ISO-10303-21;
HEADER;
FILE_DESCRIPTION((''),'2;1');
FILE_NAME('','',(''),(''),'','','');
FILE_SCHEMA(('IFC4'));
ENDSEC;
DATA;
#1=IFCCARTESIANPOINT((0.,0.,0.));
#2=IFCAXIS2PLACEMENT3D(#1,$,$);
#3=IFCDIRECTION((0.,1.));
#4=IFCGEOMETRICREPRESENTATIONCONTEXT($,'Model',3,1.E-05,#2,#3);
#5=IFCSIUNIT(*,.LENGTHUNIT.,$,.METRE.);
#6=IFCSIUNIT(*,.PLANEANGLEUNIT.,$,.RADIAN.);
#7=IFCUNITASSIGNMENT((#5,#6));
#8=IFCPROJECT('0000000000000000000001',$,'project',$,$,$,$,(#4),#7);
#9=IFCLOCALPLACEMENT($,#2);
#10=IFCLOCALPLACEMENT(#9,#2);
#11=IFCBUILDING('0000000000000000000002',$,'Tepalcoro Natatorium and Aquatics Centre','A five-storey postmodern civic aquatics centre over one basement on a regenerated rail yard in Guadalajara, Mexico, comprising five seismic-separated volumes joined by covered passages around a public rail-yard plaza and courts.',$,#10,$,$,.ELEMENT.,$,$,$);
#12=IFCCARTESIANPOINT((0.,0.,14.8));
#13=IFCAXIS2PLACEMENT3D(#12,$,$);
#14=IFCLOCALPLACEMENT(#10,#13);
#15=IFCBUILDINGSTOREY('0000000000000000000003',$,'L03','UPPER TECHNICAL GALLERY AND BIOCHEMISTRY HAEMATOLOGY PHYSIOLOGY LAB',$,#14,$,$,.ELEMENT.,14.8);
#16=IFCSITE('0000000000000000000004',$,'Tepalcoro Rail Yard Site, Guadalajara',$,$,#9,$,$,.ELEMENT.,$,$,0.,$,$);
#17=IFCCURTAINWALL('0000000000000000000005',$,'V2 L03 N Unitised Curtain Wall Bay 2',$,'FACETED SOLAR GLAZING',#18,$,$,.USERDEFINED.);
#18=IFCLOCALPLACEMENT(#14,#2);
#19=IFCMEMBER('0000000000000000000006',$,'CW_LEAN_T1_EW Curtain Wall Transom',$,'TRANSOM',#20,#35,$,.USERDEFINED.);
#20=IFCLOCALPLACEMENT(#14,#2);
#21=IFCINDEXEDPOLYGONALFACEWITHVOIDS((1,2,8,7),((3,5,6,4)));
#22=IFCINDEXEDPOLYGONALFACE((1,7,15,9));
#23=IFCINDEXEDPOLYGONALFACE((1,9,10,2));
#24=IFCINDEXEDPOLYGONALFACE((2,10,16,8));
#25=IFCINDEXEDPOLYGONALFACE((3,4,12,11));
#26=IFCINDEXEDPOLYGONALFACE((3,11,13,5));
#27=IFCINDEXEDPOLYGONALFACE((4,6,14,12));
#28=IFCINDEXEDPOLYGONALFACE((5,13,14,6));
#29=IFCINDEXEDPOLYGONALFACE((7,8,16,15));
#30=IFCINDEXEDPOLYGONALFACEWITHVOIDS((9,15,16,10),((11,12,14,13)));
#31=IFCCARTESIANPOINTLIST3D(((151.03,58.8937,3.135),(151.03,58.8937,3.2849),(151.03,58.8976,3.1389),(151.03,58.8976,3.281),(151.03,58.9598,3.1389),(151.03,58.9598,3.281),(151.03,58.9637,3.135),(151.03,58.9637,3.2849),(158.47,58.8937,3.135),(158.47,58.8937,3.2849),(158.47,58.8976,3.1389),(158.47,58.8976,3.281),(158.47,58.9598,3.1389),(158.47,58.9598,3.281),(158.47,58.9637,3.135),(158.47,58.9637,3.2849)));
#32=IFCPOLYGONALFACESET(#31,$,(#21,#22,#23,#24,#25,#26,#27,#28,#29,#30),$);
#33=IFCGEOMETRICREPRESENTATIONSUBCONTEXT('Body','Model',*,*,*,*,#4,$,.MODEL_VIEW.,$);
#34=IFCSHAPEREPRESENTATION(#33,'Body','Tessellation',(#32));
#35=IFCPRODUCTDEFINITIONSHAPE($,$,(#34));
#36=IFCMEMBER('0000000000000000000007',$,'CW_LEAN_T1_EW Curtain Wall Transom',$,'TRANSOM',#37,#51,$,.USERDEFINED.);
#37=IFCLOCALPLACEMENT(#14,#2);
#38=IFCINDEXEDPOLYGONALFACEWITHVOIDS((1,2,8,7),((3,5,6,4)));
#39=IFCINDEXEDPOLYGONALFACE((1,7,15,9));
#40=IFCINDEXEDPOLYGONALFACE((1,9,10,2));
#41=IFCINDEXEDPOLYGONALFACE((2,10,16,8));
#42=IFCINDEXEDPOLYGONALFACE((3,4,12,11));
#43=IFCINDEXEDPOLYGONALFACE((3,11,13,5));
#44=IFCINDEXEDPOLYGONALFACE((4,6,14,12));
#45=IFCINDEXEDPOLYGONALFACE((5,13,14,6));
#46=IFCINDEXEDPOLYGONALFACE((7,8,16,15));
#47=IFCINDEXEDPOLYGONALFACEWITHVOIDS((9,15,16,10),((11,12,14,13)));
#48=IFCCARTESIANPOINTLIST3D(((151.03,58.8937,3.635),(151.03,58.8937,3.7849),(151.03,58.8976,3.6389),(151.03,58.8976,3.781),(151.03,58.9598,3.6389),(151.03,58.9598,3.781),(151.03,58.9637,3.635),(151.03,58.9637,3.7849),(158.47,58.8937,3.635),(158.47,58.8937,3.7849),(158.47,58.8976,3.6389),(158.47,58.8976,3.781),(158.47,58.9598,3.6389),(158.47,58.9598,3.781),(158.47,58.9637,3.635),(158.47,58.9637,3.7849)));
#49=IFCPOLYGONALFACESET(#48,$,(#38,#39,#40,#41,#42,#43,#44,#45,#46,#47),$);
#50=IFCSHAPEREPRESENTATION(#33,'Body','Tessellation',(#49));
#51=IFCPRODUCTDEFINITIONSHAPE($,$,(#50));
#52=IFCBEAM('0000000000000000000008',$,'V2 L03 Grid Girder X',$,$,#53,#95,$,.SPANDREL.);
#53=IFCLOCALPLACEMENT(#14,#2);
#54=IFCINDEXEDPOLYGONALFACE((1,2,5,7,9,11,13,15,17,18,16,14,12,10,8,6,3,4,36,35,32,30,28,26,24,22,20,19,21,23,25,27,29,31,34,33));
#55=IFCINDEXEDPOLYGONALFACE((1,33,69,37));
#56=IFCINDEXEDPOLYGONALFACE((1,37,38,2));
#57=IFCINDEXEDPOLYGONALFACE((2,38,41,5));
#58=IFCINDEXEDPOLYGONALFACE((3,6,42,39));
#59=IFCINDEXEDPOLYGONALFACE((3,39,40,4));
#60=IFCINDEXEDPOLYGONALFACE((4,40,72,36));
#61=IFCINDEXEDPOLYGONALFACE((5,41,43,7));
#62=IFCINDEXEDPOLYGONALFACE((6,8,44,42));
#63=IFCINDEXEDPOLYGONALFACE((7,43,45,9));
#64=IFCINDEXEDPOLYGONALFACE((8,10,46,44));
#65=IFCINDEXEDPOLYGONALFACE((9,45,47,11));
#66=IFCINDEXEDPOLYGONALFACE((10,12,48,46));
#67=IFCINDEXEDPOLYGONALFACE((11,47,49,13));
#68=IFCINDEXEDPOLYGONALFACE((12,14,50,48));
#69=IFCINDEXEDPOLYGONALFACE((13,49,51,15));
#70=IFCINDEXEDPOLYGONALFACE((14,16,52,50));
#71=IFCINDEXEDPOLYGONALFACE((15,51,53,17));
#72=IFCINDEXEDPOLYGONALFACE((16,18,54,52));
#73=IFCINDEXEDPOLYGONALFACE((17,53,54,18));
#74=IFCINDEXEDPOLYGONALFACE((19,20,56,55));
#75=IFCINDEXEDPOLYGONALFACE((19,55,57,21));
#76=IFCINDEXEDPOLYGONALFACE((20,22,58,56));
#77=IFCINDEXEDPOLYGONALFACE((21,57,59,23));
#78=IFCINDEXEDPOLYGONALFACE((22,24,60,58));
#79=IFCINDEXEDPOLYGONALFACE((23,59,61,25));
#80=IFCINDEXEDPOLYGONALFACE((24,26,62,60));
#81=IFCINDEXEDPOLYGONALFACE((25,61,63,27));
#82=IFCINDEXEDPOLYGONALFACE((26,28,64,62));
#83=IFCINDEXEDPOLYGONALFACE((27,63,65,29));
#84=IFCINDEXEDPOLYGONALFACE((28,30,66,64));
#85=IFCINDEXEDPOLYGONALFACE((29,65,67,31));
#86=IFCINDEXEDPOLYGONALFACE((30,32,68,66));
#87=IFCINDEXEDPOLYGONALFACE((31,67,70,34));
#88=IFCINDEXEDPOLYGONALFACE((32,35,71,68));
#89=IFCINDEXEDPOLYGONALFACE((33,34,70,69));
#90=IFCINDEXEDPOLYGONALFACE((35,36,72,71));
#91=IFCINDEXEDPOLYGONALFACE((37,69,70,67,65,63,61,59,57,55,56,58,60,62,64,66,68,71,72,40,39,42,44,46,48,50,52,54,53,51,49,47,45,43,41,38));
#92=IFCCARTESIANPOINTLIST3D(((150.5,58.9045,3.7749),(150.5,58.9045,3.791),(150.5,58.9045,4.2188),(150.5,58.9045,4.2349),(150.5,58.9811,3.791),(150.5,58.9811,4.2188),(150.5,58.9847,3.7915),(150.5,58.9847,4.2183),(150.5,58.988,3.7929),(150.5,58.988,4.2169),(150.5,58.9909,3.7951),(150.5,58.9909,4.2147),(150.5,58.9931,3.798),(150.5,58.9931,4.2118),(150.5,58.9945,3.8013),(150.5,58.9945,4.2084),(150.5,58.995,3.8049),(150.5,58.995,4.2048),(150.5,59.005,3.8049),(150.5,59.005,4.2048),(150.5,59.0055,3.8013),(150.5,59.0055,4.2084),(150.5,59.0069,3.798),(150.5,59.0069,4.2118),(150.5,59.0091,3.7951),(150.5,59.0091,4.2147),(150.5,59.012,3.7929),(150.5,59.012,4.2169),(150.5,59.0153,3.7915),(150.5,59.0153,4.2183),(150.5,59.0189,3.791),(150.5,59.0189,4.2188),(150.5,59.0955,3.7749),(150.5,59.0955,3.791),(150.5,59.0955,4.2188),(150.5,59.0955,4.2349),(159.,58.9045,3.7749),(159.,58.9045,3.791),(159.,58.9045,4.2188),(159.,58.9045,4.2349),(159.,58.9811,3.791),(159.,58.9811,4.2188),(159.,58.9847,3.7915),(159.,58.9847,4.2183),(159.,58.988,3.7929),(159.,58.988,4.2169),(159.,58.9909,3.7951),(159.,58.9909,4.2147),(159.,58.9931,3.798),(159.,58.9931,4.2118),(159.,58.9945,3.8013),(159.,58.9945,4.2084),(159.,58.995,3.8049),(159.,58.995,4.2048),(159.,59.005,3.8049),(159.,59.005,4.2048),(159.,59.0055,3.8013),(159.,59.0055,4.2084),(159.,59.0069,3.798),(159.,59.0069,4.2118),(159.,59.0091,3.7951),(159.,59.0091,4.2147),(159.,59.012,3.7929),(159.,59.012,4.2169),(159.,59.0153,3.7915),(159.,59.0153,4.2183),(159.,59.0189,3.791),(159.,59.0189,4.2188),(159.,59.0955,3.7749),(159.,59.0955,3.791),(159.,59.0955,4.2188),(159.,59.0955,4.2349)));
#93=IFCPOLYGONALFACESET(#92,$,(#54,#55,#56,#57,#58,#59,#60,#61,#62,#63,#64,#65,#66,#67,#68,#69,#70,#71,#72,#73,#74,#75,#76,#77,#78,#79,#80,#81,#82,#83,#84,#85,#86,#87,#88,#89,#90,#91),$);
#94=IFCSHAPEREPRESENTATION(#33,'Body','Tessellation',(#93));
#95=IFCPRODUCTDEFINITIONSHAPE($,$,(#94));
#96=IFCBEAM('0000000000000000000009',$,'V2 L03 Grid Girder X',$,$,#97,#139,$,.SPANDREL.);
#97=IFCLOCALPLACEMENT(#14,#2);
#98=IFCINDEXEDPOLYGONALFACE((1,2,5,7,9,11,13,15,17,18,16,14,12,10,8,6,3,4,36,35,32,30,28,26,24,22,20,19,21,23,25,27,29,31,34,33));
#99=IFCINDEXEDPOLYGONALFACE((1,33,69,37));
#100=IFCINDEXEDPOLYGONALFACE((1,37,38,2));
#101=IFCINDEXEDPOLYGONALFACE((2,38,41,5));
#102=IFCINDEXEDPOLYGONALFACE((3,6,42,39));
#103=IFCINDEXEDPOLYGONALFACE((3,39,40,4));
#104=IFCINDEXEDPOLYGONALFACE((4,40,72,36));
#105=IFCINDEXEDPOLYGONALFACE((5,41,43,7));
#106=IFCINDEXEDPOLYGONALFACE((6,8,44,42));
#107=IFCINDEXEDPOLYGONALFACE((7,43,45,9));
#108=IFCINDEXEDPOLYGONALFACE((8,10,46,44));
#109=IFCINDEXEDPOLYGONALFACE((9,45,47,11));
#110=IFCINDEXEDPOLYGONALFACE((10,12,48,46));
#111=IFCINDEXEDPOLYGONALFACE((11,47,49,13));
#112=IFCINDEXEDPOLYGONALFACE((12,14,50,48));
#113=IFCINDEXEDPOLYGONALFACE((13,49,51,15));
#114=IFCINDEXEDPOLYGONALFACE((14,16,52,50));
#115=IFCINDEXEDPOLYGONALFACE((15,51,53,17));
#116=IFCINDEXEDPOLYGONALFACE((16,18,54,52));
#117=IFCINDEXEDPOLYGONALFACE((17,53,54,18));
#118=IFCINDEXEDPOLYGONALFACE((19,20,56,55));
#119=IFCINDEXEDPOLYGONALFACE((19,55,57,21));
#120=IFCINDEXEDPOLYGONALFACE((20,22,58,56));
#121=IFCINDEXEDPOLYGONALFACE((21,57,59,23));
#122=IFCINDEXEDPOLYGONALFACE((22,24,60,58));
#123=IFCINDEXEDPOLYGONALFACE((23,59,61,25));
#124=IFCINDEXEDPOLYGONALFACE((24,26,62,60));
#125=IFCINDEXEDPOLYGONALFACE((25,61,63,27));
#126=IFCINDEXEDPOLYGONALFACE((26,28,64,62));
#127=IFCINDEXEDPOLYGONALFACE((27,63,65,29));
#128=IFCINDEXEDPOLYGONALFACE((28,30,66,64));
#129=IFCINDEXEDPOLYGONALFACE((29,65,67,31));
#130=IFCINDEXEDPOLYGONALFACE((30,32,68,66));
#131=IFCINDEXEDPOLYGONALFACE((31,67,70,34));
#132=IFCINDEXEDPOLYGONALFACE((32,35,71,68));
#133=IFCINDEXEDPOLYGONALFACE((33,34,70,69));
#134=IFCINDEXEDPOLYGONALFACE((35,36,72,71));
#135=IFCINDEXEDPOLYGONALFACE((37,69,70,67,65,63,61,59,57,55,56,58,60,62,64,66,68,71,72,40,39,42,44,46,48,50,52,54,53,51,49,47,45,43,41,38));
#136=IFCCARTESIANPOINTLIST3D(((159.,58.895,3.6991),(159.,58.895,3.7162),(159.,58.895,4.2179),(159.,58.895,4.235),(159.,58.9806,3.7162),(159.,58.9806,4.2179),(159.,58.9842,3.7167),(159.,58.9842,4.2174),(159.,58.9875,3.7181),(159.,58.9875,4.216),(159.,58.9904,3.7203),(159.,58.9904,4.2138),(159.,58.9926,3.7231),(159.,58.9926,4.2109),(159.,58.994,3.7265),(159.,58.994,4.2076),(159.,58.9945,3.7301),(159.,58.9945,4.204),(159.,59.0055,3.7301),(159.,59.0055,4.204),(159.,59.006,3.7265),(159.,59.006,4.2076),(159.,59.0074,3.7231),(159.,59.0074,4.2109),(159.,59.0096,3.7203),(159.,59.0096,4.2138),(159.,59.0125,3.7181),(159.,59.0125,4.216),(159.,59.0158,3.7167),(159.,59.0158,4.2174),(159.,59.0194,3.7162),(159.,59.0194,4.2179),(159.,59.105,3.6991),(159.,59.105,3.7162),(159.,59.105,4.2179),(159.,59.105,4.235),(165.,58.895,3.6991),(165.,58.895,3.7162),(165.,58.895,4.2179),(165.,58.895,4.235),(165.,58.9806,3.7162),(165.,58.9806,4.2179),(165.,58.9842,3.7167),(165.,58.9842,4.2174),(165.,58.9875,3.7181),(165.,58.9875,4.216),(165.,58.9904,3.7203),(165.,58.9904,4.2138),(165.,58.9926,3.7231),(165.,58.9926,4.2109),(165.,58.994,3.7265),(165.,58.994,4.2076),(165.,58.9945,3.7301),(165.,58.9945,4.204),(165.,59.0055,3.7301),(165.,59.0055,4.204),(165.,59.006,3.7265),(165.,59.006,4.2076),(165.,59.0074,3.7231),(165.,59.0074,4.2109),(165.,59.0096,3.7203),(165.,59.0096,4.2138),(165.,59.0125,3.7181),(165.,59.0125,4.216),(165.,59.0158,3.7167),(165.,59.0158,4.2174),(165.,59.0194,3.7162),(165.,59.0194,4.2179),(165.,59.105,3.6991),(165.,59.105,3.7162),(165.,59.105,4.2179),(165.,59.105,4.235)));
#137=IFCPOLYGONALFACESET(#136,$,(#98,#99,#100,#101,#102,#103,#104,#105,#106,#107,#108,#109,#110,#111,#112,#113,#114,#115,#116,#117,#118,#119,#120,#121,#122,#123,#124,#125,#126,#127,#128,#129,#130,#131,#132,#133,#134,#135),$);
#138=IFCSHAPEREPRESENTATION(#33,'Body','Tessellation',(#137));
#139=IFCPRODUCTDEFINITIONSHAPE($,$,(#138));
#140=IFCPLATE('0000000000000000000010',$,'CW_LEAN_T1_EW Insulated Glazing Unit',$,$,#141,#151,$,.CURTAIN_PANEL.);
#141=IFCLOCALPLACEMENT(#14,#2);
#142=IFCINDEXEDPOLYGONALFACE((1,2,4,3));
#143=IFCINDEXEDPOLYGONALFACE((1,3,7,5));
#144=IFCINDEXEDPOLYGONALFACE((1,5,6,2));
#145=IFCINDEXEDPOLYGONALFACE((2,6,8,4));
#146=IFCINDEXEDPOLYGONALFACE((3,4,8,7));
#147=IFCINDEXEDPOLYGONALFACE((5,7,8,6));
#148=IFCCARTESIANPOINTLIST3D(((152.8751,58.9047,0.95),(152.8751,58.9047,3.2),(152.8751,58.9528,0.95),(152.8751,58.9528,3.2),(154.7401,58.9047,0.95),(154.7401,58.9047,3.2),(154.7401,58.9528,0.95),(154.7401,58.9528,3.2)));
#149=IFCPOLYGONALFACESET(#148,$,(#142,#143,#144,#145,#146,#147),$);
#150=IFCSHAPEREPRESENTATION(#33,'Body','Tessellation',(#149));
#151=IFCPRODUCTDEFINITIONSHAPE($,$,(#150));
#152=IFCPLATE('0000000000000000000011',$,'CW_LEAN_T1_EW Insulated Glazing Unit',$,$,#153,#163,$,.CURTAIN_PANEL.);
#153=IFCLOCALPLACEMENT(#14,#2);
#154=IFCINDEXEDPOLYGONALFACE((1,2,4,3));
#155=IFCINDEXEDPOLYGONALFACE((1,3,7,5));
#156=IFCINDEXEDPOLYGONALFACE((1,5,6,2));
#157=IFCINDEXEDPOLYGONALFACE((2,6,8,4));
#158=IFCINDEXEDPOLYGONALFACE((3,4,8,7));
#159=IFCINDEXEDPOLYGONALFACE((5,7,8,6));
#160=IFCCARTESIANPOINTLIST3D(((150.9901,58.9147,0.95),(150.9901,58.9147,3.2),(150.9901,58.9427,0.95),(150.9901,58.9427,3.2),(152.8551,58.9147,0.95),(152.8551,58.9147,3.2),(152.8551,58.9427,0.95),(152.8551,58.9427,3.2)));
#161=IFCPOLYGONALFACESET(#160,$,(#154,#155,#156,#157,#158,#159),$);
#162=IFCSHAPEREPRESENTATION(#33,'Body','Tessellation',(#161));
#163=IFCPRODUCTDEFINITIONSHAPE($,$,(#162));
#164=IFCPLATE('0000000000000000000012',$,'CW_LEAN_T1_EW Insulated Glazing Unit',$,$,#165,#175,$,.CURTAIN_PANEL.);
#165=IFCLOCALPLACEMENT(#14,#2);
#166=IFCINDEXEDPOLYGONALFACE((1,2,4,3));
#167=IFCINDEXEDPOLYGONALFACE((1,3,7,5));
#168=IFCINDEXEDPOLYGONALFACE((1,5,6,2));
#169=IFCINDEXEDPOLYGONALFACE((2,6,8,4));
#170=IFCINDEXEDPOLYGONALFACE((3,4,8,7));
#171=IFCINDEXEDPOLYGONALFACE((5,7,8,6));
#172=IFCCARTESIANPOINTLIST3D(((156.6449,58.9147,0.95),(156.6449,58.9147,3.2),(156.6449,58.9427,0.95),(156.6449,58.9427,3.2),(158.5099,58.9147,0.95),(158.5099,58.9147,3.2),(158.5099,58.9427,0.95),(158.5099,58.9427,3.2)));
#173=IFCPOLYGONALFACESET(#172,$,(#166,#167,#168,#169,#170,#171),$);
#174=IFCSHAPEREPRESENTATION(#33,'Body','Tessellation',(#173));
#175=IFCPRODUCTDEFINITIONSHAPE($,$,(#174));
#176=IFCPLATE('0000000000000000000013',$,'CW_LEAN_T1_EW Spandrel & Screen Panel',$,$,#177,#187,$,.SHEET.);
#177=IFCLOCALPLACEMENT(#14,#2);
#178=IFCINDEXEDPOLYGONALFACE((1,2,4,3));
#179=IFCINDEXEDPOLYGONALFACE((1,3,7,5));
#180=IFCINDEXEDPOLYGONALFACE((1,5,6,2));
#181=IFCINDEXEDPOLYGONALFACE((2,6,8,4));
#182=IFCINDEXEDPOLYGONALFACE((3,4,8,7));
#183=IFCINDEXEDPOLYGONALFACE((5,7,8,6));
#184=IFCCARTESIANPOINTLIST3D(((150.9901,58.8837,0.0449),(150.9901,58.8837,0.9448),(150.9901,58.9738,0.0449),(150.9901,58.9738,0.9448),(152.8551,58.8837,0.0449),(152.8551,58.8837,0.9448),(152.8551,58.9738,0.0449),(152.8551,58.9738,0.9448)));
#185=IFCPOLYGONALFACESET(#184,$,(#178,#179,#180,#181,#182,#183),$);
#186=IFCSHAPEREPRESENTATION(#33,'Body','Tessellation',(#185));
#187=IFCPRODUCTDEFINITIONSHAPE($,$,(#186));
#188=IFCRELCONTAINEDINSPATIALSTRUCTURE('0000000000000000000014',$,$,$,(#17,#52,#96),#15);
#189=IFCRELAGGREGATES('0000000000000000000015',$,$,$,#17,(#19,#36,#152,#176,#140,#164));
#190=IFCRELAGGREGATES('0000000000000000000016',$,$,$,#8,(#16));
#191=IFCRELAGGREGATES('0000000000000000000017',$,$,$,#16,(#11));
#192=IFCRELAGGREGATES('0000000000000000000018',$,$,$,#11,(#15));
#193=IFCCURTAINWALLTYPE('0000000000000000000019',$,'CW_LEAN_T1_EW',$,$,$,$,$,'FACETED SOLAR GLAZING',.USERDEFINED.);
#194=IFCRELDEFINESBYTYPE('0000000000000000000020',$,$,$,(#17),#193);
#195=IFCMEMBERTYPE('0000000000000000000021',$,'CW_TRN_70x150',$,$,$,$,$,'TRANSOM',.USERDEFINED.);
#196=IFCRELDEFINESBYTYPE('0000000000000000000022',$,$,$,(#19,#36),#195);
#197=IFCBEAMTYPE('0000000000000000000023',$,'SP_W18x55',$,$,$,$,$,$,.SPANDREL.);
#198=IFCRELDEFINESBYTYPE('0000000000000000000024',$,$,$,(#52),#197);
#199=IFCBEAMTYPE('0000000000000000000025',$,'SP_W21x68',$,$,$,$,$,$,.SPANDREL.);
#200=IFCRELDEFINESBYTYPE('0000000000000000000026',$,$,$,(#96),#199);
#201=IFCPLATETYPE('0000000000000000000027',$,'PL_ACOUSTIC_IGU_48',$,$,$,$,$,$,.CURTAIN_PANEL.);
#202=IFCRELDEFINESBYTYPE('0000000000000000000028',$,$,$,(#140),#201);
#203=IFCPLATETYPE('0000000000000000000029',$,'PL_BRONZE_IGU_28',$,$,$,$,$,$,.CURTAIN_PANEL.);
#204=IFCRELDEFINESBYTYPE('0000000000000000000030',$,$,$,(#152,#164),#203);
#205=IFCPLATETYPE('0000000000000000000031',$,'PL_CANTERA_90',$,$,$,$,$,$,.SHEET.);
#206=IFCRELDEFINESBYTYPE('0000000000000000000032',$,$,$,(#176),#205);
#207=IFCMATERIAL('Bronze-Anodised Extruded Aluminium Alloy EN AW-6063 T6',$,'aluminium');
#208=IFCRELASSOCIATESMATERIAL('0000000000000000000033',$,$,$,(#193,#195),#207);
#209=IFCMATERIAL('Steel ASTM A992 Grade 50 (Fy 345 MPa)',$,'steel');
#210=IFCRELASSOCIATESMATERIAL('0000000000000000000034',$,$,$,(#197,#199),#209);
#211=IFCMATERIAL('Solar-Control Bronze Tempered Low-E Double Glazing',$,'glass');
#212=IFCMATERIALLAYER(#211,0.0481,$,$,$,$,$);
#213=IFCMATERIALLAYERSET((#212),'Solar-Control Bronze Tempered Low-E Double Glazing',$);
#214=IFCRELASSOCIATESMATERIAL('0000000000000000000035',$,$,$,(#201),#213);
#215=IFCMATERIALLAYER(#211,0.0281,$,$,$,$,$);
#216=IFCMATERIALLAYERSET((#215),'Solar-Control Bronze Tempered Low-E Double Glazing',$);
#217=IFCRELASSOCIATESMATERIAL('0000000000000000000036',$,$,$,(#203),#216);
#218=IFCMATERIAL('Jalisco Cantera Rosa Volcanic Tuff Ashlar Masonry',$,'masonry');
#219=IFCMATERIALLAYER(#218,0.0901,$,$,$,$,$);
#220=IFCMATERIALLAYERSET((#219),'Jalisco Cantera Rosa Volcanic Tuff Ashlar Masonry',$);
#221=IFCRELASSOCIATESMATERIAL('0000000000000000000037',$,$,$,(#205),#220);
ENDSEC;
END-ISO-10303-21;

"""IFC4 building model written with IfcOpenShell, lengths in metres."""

from ifc_helpers import new_model, si_unit, direction, frame, origin, origin_2d, place, context, subcontext, project, spatial, rectangle, hollow_rectangle, i_section, extrude, material, layer, layer_set, material_profile, profile_set, type_object, element, aggregate, save


model = new_model("IFC4")

# Units and contexts
model_context = context("Model", 3, precision=1e-05, world=origin(), true_north=direction((0.0, 1.0)))
body_context = subcontext(model_context, "Body", "Model", "MODEL_VIEW")
ifc_project = project(units=[si_unit("LENGTHUNIT", "METRE"), si_unit("PLANEANGLEUNIT", "RADIAN")], contexts=[model_context])

# Site, building, storey
site_placement = place(None, origin())
site = spatial("IfcSite", under=ifc_project, at=site_placement, Name="Tepalcoro Rail Yard Site, Guadalajara", CompositionType="ELEMENT", RefElevation=0.0)
building_placement = place(site_placement, origin())
building = spatial("IfcBuilding", under=site, at=building_placement, Name="Tepalcoro Natatorium and Aquatics Centre", Description="A five-storey postmodern civic aquatics centre over one basement on a regenerated rail yard in Guadalajara, Mexico, comprising five seismic-separated volumes joined by covered passages around a public rail-yard plaza and courts.", CompositionType="ELEMENT")
storey_placement = place(building_placement, frame((0.0, 0.0, 14.8)))
storey = spatial("IfcBuildingStorey", under=building, at=storey_placement, Name="L03", Description="UPPER TECHNICAL GALLERY AND BIOCHEMISTRY HAEMATOLOGY PHYSIOLOGY LAB", CompositionType="ELEMENT", Elevation=14.8)

# Shared definitions
ifc_material_1 = material(Name="Steel ASTM A992 Grade 50 (Fy 345 MPa)", Category="steel")

# Curtain wall
ifc_material_2 = material(Name="Bronze-Anodised Extruded Aluminium Alloy EN AW-6063 T6", Category="aluminium")
curtain_wall_type_1 = type_object("IfcCurtainWallType", Name="CW_LEAN_T1_EW", ElementType="FACETED SOLAR GLAZING", PredefinedType="USERDEFINED", material=ifc_material_2)
curtain_wall_1_placement = place(storey_placement, origin())
curtain_wall_1 = element("IfcCurtainWall", 1, at=curtain_wall_1_placement, inside=storey, type_object=curtain_wall_type_1, Name="V2 L03 N Unitised Curtain Wall Bay 2", ObjectType="FACETED SOLAR GLAZING", PredefinedType="USERDEFINED")

# Members
ifc_material_profile_1 = material_profile(ifc_material_2, hollow_rectangle(XDim=0.0701, YDim=0.1499, WallThickness=0.0039, at=origin_2d()), Name="AL70X150X4")
ifc_profile_set_1 = profile_set([ifc_material_profile_1], Name="Bronze-Anodised Extruded Aluminium Alloy EN AW-6063 T6")
member_type_1 = type_object("IfcMemberType", Name="CW_TRN_70x150", ElementType="TRANSOM", PredefinedType="USERDEFINED", material=ifc_profile_set_1)
member_1_placement = place(storey_placement, frame((151.03, 58.9287, 3.21), z_axis=(1.0, 0.0, 0.0), x_axis=(0.0, 1.0, 0.0)))
member_1 = element("IfcMember", 2, at=member_1_placement, type_object=member_type_1, Name="CW_LEAN_T1_EW Curtain Wall Transom", ObjectType="TRANSOM", PredefinedType="USERDEFINED", context=body_context, shape_type="SweptSolid", body=[
    extrude(hollow_rectangle(XDim=0.0701, YDim=0.1499, WallThickness=0.0039, at=origin_2d()), origin(), (0.0, 0.0, 1.0), 7.4399),
])
member_2_placement = place(storey_placement, frame((151.03, 58.9287, 3.71), z_axis=(1.0, 0.0, 0.0), x_axis=(0.0, 1.0, 0.0)))
member_2 = element("IfcMember", 3, at=member_2_placement, type_object=member_type_1, Name="CW_LEAN_T1_EW Curtain Wall Transom", ObjectType="TRANSOM", PredefinedType="USERDEFINED", context=body_context, shape_type="SweptSolid", body=[
    extrude(hollow_rectangle(XDim=0.0701, YDim=0.1499, WallThickness=0.0039, at=origin_2d()), origin(), (0.0, 0.0, 1.0), 7.4399),
])

# Beams
ifc_material_profile_2 = material_profile(ifc_material_1, i_section(OverallWidth=0.1909, OverallDepth=0.46, WebThickness=0.01, FlangeThickness=0.0161, FilletRadius=0.0139, at=origin_2d()), Name="W18X55")
ifc_profile_set_2 = profile_set([ifc_material_profile_2], Name="Steel ASTM A992 Grade 50 (Fy 345 MPa)")
beam_type_1 = type_object("IfcBeamType", Name="SP_W18x55", PredefinedType="SPANDREL", material=ifc_profile_set_2)
beam_1_placement = place(storey_placement, frame((150.5, 59.0, 4.0049), z_axis=(1.0, 0.0, 0.0), x_axis=(0.0, 1.0, 0.0)))
element("IfcBeam", 4, at=beam_1_placement, inside=storey, type_object=beam_type_1, Name="V2 L03 Grid Girder X", PredefinedType="SPANDREL", context=body_context, shape_type="SweptSolid", body=[
    extrude(i_section(OverallWidth=0.1909, OverallDepth=0.46, WebThickness=0.01, FlangeThickness=0.0161, FilletRadius=0.0139, at=origin_2d()), origin(), (0.0, 0.0, 1.0), 8.5),
])
ifc_material_profile_3 = material_profile(ifc_material_1, i_section(OverallWidth=0.21, OverallDepth=0.5359, WebThickness=0.011, FlangeThickness=0.0171, FilletRadius=0.0139, at=origin_2d()), Name="W21X68")
ifc_profile_set_3 = profile_set([ifc_material_profile_3], Name="Steel ASTM A992 Grade 50 (Fy 345 MPa)")
beam_type_2 = type_object("IfcBeamType", Name="SP_W21x68", PredefinedType="SPANDREL", material=ifc_profile_set_3)
beam_2_placement = place(storey_placement, frame((159.0, 59.0, 3.967), z_axis=(1.0, 0.0, 0.0), x_axis=(0.0, 1.0, 0.0)))
element("IfcBeam", 5, at=beam_2_placement, inside=storey, type_object=beam_type_2, Name="V2 L03 Grid Girder X", PredefinedType="SPANDREL", context=body_context, shape_type="SweptSolid", body=[
    extrude(i_section(OverallWidth=0.21, OverallDepth=0.5359, WebThickness=0.011, FlangeThickness=0.0171, FilletRadius=0.0139, at=origin_2d()), origin(), (0.0, 0.0, 1.0), 6.0),
])

# Plates
ifc_material_3 = material(Name="Solar-Control Bronze Tempered Low-E Double Glazing", Category="glass")
ifc_layer_1 = layer(ifc_material_3, 0.0481)
ifc_layer_set_1 = layer_set([ifc_layer_1], Name="Solar-Control Bronze Tempered Low-E Double Glazing")
plate_type_1 = type_object("IfcPlateType", Name="PL_ACOUSTIC_IGU_48", PredefinedType="CURTAIN_PANEL", material=ifc_layer_set_1)
plate_1_placement = place(storey_placement, frame((153.8076, 58.9287, 0.95), z_axis=(0.0, 0.0, 1.0), x_axis=(1.0, 0.0, 0.0)))
plate_1 = element("IfcPlate", 6, at=plate_1_placement, type_object=plate_type_1, Name="CW_LEAN_T1_EW Insulated Glazing Unit", PredefinedType="CURTAIN_PANEL", context=body_context, shape_type="SweptSolid", body=[
    extrude(rectangle(XDim=1.865, YDim=0.0481, at=origin_2d()), origin(), (0.0, 0.0, 1.0), 2.25),
])
ifc_layer_2 = layer(ifc_material_3, 0.0281)
ifc_layer_set_2 = layer_set([ifc_layer_2], Name="Solar-Control Bronze Tempered Low-E Double Glazing")
plate_type_2 = type_object("IfcPlateType", Name="PL_BRONZE_IGU_28", PredefinedType="CURTAIN_PANEL", material=ifc_layer_set_2)
plate_2_placement = place(storey_placement, frame((151.9226, 58.9287, 0.95), z_axis=(0.0, 0.0, 1.0), x_axis=(1.0, 0.0, 0.0)))
plate_2 = element("IfcPlate", 7, at=plate_2_placement, type_object=plate_type_2, Name="CW_LEAN_T1_EW Insulated Glazing Unit", PredefinedType="CURTAIN_PANEL", context=body_context, shape_type="SweptSolid", body=[
    extrude(rectangle(XDim=1.865, YDim=0.0281, at=origin_2d()), origin(), (0.0, 0.0, 1.0), 2.25),
])
plate_3_placement = place(storey_placement, frame((157.5774, 58.9287, 0.95), z_axis=(0.0, 0.0, 1.0), x_axis=(1.0, 0.0, 0.0)))
plate_3 = element("IfcPlate", 8, at=plate_3_placement, type_object=plate_type_2, Name="CW_LEAN_T1_EW Insulated Glazing Unit", PredefinedType="CURTAIN_PANEL", context=body_context, shape_type="SweptSolid", body=[
    extrude(rectangle(XDim=1.865, YDim=0.0281, at=origin_2d()), origin(), (0.0, 0.0, 1.0), 2.25),
])
ifc_material_4 = material(Name="Jalisco Cantera Rosa Volcanic Tuff Ashlar Masonry", Category="masonry")
ifc_layer_3 = layer(ifc_material_4, 0.0901)
ifc_layer_set_3 = layer_set([ifc_layer_3], Name="Jalisco Cantera Rosa Volcanic Tuff Ashlar Masonry")
plate_type_3 = type_object("IfcPlateType", Name="PL_CANTERA_90", PredefinedType="SHEET", material=ifc_layer_set_3)
plate_4_placement = place(storey_placement, frame((151.9226, 58.9287, 0.0449), z_axis=(0.0, 0.0, 1.0), x_axis=(1.0, 0.0, 0.0)))
plate_4 = element("IfcPlate", 9, at=plate_4_placement, type_object=plate_type_3, Name="CW_LEAN_T1_EW Spandrel & Screen Panel", PredefinedType="SHEET", context=body_context, shape_type="SweptSolid", body=[
    extrude(rectangle(XDim=1.865, YDim=0.0901, at=origin_2d()), origin(), (0.0, 0.0, 1.0), 0.8999),
])
aggregate(curtain_wall_1, [member_1, member_2, plate_2, plate_4, plate_1, plate_3])

save(model, "model.ifc")
